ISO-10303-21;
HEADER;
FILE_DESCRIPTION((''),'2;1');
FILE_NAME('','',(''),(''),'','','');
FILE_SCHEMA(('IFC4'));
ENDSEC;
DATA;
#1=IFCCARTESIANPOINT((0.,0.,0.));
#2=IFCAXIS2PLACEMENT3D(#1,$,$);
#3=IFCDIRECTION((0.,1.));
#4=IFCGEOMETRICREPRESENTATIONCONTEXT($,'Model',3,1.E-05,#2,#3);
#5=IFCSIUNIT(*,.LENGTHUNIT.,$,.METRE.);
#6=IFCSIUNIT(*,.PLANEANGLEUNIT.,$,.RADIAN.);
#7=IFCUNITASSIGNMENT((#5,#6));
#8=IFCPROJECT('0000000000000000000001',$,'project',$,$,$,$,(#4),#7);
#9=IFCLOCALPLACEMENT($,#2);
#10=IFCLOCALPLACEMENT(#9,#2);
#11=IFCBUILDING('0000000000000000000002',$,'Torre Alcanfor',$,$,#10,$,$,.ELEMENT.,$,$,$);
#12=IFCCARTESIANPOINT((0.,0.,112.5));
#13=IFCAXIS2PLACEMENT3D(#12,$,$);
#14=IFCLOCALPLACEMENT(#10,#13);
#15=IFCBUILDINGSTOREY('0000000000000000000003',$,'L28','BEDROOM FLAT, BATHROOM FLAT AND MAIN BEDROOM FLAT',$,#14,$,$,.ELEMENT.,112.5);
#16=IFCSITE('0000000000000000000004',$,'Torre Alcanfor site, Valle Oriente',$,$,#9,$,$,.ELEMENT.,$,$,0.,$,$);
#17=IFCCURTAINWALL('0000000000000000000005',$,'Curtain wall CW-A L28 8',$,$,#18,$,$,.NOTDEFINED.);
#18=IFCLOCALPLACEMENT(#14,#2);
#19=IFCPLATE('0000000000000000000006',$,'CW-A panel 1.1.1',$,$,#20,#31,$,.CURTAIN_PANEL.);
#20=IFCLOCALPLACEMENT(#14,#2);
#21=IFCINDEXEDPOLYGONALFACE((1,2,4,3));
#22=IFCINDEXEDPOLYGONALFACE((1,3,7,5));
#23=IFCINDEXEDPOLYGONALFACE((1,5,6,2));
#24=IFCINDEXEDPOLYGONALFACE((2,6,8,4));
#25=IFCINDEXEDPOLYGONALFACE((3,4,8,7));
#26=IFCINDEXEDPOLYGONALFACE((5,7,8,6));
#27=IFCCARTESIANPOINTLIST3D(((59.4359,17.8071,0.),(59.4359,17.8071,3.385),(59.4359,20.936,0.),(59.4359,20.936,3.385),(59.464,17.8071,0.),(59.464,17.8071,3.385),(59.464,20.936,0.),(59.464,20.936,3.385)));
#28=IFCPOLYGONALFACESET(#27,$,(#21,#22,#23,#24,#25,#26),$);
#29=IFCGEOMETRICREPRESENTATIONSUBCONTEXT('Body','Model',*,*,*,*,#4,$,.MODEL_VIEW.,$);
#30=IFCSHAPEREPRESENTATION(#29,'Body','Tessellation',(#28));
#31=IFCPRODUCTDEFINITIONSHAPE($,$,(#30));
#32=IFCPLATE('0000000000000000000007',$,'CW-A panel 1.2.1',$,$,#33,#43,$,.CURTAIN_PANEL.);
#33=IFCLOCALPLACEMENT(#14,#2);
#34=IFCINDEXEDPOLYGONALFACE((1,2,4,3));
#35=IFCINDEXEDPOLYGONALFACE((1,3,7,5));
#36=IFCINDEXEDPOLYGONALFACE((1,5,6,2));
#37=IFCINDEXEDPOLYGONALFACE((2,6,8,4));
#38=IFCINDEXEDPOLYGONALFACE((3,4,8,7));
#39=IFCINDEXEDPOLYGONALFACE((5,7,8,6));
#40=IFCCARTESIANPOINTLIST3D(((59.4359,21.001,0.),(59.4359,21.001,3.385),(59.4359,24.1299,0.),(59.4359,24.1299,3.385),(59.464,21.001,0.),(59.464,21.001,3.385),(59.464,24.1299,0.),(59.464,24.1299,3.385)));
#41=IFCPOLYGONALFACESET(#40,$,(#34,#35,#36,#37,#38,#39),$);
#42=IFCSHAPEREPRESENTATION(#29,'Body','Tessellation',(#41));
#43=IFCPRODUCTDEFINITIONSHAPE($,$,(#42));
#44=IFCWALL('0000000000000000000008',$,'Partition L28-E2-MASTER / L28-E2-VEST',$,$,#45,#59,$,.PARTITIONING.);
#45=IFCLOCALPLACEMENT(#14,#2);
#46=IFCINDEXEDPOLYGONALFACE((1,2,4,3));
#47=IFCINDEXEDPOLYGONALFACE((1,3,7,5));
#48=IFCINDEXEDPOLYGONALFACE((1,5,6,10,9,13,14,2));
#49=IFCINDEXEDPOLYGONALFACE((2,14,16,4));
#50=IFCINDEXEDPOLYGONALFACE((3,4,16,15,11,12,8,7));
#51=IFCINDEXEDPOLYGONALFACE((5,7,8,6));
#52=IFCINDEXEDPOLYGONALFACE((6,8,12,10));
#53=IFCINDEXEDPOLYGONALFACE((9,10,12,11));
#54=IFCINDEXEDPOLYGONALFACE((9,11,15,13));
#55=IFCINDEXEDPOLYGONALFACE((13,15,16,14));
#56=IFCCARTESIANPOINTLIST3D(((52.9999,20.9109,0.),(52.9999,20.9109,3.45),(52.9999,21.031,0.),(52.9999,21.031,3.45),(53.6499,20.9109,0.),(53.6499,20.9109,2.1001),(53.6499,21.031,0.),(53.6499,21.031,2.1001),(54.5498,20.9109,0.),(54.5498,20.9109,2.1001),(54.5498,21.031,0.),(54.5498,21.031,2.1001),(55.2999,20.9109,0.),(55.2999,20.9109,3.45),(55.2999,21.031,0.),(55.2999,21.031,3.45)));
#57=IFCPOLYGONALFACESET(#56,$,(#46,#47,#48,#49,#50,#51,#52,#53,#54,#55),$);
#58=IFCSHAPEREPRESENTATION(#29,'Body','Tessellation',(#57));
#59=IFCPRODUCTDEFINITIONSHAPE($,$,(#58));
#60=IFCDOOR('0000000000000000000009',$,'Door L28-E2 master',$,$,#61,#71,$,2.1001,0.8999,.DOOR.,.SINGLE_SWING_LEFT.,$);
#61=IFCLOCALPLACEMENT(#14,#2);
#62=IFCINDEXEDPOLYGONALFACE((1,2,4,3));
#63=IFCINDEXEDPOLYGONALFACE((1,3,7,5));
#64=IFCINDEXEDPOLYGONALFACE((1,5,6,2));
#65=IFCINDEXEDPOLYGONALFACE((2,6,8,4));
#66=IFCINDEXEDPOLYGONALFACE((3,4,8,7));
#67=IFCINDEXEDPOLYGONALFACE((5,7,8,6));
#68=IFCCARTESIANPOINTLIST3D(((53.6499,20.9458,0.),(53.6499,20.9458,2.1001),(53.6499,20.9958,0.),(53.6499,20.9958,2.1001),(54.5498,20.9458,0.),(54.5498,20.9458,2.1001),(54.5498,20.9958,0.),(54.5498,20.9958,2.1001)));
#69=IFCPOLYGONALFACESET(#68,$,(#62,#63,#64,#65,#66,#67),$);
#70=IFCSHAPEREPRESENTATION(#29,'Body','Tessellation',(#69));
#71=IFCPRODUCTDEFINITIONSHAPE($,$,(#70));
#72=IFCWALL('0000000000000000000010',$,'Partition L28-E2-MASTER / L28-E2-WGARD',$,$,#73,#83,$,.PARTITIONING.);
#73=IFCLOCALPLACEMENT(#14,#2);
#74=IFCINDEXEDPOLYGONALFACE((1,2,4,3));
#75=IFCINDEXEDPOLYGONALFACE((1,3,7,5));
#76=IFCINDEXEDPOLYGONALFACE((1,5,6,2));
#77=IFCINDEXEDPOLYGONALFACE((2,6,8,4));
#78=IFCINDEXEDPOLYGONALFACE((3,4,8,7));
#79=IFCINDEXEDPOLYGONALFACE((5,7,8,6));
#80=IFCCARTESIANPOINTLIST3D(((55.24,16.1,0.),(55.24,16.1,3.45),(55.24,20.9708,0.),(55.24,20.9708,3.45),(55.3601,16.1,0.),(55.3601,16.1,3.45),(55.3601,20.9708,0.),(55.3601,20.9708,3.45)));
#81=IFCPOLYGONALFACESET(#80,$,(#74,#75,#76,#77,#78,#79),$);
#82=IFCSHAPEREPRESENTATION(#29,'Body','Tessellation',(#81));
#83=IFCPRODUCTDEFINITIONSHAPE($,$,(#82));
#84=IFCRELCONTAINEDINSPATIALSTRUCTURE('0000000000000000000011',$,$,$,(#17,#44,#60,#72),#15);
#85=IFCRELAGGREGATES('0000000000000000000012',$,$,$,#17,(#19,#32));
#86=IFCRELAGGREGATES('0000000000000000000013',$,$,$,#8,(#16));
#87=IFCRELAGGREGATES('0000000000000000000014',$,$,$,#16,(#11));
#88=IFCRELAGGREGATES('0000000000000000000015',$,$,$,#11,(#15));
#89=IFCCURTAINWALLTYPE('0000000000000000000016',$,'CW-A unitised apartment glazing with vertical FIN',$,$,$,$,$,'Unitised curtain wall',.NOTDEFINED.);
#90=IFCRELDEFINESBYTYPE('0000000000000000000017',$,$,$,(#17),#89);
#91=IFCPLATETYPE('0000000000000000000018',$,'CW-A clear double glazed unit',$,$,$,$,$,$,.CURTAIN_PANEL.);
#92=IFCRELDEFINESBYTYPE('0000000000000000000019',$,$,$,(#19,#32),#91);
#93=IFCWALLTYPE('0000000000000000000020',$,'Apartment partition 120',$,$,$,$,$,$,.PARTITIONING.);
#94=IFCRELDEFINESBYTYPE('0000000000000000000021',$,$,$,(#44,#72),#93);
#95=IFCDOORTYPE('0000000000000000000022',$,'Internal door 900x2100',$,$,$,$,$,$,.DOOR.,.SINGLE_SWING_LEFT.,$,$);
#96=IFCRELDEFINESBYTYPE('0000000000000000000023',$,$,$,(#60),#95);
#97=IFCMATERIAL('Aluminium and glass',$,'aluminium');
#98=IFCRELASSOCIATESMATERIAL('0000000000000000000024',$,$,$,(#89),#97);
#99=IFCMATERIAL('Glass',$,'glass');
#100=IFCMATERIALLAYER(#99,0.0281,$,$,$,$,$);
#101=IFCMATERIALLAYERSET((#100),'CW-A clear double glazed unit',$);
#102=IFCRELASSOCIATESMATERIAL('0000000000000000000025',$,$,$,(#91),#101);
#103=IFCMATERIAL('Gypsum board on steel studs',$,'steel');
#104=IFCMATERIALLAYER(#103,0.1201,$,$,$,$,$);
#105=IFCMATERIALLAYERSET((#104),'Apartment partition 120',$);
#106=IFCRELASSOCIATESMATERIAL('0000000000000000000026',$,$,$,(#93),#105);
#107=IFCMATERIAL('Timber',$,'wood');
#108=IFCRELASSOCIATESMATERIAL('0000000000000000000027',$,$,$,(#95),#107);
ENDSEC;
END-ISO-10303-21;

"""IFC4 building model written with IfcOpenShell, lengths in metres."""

from ifc_helpers import new_model, si_unit, direction, frame, frame_2d, origin, origin_2d, place, context, subcontext, project, spatial, rectangle, extrude, material, layer, layer_set, type_object, element, fill, aggregate, save


model = new_model("IFC4")

# Units and contexts
model_context = context("Model", 3, precision=1e-05, world=origin(), true_north=direction((0.0, 1.0)))
body_context = subcontext(model_context, "Body", "Model", "MODEL_VIEW")
ifc_project = project(units=[si_unit("LENGTHUNIT", "METRE"), si_unit("PLANEANGLEUNIT", "RADIAN")], contexts=[model_context])

# Site, building, storey
site_placement = place(None, origin())
site = spatial("IfcSite", under=ifc_project, at=site_placement, Name="Torre Alcanfor site, Valle Oriente", CompositionType="ELEMENT", RefElevation=0.0)
building_placement = place(site_placement, origin())
building = spatial("IfcBuilding", under=site, at=building_placement, Name="Torre Alcanfor", CompositionType="ELEMENT")
storey_placement = place(building_placement, frame((0.0, 0.0, 112.5)))
storey = spatial("IfcBuildingStorey", under=building, at=storey_placement, Name="L28", Description="BEDROOM FLAT, BATHROOM FLAT AND MAIN BEDROOM FLAT", CompositionType="ELEMENT", Elevation=112.5)

# Curtain wall
ifc_material_1 = material(Name="Aluminium and glass", Category="aluminium")
curtain_wall_type = type_object("IfcCurtainWallType", Name="CW-A unitised apartment glazing with vertical FIN", ElementType="Unitised curtain wall", PredefinedType="NOTDEFINED", material=ifc_material_1)
curtain_wall_placement = place(storey_placement, origin())
curtain_wall = element("IfcCurtainWall", 1, at=curtain_wall_placement, inside=storey, type_object=curtain_wall_type, Name="Curtain wall CW-A L28 8", PredefinedType="NOTDEFINED")

# Plates
ifc_material_2 = material(Name="Glass", Category="glass")
ifc_layer_1 = layer(ifc_material_2, 0.0281)
ifc_layer_set_1 = layer_set([ifc_layer_1], Name="CW-A clear double glazed unit")
plate_type = type_object("IfcPlateType", Name="CW-A clear double glazed unit", PredefinedType="CURTAIN_PANEL", material=ifc_layer_set_1)
plate_1_placement = place(storey_placement, frame((59.45, 19.3716, 0.0), z_axis=(0.0, 0.0, 1.0), x_axis=(0.0, 1.0, 0.0)))
plate_1 = element("IfcPlate", 2, at=plate_1_placement, type_object=plate_type, Name="CW-A panel 1.1.1", PredefinedType="CURTAIN_PANEL", context=body_context, shape_type="SweptSolid", body=[
    extrude(rectangle(XDim=3.1289, YDim=0.0281, at=origin_2d()), origin(), (0.0, 0.0, 1.0), 3.385),
])
plate_2_placement = place(storey_placement, frame((59.45, 22.5654, 0.0), z_axis=(0.0, 0.0, 1.0), x_axis=(0.0, 1.0, 0.0)))
plate_2 = element("IfcPlate", 3, at=plate_2_placement, type_object=plate_type, Name="CW-A panel 1.2.1", PredefinedType="CURTAIN_PANEL", context=body_context, shape_type="SweptSolid", body=[
    extrude(rectangle(XDim=3.1289, YDim=0.0281, at=origin_2d()), origin(), (0.0, 0.0, 1.0), 3.385),
])
aggregate(curtain_wall, [plate_1, plate_2])

# Wall, opening, door
ifc_material_3 = material(Name="Gypsum board on steel studs", Category="steel")
ifc_layer_2 = layer(ifc_material_3, 0.1201)
ifc_layer_set_2 = layer_set([ifc_layer_2], Name="Apartment partition 120")
wall_type_1 = type_object("IfcWallType", Name="Apartment partition 120", PredefinedType="PARTITIONING", material=ifc_layer_set_2)
wall_1_placement = place(storey_placement, frame((53.0, 20.9709, 0.0), z_axis=(0.0, 0.0, 1.0), x_axis=(1.0, 0.0, 0.0)))
wall_1 = element("IfcWall", 4, at=wall_1_placement, inside=storey, type_object=wall_type_1, Name="Partition L28-E2-MASTER / L28-E2-VEST", PredefinedType="PARTITIONING", context=body_context, shape_type="SweptSolid", body=[
    extrude(rectangle(XDim=2.3, YDim=0.1201, at=frame_2d((1.1499, 0.0))), origin(), (0.0, 0.0, 1.0), 3.45),
])
opening_placement = place(wall_1_placement, frame((0.6499, 0.0, 0.0)))
opening = element("IfcOpeningElement", 5, at=opening_placement, cuts=wall_1, PredefinedType="OPENING", context=body_context, shape_type="SweptSolid", body=[
    extrude(rectangle(XDim=0.8999, YDim=2.1001, at=frame_2d((0.45, 1.05))), frame((0.0, 0.0701, 0.0), z_axis=(0.0, -1.0, 0.0), x_axis=(1.0, 0.0, 0.0)), (0.0, 0.0, 1.0), 0.1401),
])
ifc_material_4 = material(Name="Timber", Category="wood")
door_type = type_object("IfcDoorType", Name="Internal door 900x2100", OperationType="SINGLE_SWING_LEFT", PredefinedType="DOOR", material=ifc_material_4)
door_placement = place(opening_placement, origin())
door = element("IfcDoor", 6, at=door_placement, inside=storey, type_object=door_type, Name="Door L28-E2 master", OperationType="SINGLE_SWING_LEFT", OverallHeight=2.1001, OverallWidth=0.8999, PredefinedType="DOOR", context=body_context, shape_type="SweptSolid", body=[
    extrude(rectangle(XDim=0.8999, YDim=2.1001, at=frame_2d((0.45, 1.05))), frame((0.0, 0.0249, 0.0), z_axis=(0.0, -1.0, 0.0), x_axis=(1.0, 0.0, 0.0)), (0.0, 0.0, 1.0), 0.05),
])
fill(opening, door)

# Wall
wall_2_placement = place(storey_placement, frame((55.3, 20.9709, 0.0), z_axis=(0.0, 0.0, 1.0), x_axis=(0.0, -1.0, 0.0)))
element("IfcWall", 7, at=wall_2_placement, inside=storey, type_object=wall_type_1, Name="Partition L28-E2-MASTER / L28-E2-WGARD", PredefinedType="PARTITIONING", context=body_context, shape_type="SweptSolid", body=[
    extrude(rectangle(XDim=4.8708, YDim=0.1201, at=frame_2d((2.4355, 0.0))), origin(), (0.0, 0.0, 1.0), 3.45),
])

save(model, "model.ifc")
